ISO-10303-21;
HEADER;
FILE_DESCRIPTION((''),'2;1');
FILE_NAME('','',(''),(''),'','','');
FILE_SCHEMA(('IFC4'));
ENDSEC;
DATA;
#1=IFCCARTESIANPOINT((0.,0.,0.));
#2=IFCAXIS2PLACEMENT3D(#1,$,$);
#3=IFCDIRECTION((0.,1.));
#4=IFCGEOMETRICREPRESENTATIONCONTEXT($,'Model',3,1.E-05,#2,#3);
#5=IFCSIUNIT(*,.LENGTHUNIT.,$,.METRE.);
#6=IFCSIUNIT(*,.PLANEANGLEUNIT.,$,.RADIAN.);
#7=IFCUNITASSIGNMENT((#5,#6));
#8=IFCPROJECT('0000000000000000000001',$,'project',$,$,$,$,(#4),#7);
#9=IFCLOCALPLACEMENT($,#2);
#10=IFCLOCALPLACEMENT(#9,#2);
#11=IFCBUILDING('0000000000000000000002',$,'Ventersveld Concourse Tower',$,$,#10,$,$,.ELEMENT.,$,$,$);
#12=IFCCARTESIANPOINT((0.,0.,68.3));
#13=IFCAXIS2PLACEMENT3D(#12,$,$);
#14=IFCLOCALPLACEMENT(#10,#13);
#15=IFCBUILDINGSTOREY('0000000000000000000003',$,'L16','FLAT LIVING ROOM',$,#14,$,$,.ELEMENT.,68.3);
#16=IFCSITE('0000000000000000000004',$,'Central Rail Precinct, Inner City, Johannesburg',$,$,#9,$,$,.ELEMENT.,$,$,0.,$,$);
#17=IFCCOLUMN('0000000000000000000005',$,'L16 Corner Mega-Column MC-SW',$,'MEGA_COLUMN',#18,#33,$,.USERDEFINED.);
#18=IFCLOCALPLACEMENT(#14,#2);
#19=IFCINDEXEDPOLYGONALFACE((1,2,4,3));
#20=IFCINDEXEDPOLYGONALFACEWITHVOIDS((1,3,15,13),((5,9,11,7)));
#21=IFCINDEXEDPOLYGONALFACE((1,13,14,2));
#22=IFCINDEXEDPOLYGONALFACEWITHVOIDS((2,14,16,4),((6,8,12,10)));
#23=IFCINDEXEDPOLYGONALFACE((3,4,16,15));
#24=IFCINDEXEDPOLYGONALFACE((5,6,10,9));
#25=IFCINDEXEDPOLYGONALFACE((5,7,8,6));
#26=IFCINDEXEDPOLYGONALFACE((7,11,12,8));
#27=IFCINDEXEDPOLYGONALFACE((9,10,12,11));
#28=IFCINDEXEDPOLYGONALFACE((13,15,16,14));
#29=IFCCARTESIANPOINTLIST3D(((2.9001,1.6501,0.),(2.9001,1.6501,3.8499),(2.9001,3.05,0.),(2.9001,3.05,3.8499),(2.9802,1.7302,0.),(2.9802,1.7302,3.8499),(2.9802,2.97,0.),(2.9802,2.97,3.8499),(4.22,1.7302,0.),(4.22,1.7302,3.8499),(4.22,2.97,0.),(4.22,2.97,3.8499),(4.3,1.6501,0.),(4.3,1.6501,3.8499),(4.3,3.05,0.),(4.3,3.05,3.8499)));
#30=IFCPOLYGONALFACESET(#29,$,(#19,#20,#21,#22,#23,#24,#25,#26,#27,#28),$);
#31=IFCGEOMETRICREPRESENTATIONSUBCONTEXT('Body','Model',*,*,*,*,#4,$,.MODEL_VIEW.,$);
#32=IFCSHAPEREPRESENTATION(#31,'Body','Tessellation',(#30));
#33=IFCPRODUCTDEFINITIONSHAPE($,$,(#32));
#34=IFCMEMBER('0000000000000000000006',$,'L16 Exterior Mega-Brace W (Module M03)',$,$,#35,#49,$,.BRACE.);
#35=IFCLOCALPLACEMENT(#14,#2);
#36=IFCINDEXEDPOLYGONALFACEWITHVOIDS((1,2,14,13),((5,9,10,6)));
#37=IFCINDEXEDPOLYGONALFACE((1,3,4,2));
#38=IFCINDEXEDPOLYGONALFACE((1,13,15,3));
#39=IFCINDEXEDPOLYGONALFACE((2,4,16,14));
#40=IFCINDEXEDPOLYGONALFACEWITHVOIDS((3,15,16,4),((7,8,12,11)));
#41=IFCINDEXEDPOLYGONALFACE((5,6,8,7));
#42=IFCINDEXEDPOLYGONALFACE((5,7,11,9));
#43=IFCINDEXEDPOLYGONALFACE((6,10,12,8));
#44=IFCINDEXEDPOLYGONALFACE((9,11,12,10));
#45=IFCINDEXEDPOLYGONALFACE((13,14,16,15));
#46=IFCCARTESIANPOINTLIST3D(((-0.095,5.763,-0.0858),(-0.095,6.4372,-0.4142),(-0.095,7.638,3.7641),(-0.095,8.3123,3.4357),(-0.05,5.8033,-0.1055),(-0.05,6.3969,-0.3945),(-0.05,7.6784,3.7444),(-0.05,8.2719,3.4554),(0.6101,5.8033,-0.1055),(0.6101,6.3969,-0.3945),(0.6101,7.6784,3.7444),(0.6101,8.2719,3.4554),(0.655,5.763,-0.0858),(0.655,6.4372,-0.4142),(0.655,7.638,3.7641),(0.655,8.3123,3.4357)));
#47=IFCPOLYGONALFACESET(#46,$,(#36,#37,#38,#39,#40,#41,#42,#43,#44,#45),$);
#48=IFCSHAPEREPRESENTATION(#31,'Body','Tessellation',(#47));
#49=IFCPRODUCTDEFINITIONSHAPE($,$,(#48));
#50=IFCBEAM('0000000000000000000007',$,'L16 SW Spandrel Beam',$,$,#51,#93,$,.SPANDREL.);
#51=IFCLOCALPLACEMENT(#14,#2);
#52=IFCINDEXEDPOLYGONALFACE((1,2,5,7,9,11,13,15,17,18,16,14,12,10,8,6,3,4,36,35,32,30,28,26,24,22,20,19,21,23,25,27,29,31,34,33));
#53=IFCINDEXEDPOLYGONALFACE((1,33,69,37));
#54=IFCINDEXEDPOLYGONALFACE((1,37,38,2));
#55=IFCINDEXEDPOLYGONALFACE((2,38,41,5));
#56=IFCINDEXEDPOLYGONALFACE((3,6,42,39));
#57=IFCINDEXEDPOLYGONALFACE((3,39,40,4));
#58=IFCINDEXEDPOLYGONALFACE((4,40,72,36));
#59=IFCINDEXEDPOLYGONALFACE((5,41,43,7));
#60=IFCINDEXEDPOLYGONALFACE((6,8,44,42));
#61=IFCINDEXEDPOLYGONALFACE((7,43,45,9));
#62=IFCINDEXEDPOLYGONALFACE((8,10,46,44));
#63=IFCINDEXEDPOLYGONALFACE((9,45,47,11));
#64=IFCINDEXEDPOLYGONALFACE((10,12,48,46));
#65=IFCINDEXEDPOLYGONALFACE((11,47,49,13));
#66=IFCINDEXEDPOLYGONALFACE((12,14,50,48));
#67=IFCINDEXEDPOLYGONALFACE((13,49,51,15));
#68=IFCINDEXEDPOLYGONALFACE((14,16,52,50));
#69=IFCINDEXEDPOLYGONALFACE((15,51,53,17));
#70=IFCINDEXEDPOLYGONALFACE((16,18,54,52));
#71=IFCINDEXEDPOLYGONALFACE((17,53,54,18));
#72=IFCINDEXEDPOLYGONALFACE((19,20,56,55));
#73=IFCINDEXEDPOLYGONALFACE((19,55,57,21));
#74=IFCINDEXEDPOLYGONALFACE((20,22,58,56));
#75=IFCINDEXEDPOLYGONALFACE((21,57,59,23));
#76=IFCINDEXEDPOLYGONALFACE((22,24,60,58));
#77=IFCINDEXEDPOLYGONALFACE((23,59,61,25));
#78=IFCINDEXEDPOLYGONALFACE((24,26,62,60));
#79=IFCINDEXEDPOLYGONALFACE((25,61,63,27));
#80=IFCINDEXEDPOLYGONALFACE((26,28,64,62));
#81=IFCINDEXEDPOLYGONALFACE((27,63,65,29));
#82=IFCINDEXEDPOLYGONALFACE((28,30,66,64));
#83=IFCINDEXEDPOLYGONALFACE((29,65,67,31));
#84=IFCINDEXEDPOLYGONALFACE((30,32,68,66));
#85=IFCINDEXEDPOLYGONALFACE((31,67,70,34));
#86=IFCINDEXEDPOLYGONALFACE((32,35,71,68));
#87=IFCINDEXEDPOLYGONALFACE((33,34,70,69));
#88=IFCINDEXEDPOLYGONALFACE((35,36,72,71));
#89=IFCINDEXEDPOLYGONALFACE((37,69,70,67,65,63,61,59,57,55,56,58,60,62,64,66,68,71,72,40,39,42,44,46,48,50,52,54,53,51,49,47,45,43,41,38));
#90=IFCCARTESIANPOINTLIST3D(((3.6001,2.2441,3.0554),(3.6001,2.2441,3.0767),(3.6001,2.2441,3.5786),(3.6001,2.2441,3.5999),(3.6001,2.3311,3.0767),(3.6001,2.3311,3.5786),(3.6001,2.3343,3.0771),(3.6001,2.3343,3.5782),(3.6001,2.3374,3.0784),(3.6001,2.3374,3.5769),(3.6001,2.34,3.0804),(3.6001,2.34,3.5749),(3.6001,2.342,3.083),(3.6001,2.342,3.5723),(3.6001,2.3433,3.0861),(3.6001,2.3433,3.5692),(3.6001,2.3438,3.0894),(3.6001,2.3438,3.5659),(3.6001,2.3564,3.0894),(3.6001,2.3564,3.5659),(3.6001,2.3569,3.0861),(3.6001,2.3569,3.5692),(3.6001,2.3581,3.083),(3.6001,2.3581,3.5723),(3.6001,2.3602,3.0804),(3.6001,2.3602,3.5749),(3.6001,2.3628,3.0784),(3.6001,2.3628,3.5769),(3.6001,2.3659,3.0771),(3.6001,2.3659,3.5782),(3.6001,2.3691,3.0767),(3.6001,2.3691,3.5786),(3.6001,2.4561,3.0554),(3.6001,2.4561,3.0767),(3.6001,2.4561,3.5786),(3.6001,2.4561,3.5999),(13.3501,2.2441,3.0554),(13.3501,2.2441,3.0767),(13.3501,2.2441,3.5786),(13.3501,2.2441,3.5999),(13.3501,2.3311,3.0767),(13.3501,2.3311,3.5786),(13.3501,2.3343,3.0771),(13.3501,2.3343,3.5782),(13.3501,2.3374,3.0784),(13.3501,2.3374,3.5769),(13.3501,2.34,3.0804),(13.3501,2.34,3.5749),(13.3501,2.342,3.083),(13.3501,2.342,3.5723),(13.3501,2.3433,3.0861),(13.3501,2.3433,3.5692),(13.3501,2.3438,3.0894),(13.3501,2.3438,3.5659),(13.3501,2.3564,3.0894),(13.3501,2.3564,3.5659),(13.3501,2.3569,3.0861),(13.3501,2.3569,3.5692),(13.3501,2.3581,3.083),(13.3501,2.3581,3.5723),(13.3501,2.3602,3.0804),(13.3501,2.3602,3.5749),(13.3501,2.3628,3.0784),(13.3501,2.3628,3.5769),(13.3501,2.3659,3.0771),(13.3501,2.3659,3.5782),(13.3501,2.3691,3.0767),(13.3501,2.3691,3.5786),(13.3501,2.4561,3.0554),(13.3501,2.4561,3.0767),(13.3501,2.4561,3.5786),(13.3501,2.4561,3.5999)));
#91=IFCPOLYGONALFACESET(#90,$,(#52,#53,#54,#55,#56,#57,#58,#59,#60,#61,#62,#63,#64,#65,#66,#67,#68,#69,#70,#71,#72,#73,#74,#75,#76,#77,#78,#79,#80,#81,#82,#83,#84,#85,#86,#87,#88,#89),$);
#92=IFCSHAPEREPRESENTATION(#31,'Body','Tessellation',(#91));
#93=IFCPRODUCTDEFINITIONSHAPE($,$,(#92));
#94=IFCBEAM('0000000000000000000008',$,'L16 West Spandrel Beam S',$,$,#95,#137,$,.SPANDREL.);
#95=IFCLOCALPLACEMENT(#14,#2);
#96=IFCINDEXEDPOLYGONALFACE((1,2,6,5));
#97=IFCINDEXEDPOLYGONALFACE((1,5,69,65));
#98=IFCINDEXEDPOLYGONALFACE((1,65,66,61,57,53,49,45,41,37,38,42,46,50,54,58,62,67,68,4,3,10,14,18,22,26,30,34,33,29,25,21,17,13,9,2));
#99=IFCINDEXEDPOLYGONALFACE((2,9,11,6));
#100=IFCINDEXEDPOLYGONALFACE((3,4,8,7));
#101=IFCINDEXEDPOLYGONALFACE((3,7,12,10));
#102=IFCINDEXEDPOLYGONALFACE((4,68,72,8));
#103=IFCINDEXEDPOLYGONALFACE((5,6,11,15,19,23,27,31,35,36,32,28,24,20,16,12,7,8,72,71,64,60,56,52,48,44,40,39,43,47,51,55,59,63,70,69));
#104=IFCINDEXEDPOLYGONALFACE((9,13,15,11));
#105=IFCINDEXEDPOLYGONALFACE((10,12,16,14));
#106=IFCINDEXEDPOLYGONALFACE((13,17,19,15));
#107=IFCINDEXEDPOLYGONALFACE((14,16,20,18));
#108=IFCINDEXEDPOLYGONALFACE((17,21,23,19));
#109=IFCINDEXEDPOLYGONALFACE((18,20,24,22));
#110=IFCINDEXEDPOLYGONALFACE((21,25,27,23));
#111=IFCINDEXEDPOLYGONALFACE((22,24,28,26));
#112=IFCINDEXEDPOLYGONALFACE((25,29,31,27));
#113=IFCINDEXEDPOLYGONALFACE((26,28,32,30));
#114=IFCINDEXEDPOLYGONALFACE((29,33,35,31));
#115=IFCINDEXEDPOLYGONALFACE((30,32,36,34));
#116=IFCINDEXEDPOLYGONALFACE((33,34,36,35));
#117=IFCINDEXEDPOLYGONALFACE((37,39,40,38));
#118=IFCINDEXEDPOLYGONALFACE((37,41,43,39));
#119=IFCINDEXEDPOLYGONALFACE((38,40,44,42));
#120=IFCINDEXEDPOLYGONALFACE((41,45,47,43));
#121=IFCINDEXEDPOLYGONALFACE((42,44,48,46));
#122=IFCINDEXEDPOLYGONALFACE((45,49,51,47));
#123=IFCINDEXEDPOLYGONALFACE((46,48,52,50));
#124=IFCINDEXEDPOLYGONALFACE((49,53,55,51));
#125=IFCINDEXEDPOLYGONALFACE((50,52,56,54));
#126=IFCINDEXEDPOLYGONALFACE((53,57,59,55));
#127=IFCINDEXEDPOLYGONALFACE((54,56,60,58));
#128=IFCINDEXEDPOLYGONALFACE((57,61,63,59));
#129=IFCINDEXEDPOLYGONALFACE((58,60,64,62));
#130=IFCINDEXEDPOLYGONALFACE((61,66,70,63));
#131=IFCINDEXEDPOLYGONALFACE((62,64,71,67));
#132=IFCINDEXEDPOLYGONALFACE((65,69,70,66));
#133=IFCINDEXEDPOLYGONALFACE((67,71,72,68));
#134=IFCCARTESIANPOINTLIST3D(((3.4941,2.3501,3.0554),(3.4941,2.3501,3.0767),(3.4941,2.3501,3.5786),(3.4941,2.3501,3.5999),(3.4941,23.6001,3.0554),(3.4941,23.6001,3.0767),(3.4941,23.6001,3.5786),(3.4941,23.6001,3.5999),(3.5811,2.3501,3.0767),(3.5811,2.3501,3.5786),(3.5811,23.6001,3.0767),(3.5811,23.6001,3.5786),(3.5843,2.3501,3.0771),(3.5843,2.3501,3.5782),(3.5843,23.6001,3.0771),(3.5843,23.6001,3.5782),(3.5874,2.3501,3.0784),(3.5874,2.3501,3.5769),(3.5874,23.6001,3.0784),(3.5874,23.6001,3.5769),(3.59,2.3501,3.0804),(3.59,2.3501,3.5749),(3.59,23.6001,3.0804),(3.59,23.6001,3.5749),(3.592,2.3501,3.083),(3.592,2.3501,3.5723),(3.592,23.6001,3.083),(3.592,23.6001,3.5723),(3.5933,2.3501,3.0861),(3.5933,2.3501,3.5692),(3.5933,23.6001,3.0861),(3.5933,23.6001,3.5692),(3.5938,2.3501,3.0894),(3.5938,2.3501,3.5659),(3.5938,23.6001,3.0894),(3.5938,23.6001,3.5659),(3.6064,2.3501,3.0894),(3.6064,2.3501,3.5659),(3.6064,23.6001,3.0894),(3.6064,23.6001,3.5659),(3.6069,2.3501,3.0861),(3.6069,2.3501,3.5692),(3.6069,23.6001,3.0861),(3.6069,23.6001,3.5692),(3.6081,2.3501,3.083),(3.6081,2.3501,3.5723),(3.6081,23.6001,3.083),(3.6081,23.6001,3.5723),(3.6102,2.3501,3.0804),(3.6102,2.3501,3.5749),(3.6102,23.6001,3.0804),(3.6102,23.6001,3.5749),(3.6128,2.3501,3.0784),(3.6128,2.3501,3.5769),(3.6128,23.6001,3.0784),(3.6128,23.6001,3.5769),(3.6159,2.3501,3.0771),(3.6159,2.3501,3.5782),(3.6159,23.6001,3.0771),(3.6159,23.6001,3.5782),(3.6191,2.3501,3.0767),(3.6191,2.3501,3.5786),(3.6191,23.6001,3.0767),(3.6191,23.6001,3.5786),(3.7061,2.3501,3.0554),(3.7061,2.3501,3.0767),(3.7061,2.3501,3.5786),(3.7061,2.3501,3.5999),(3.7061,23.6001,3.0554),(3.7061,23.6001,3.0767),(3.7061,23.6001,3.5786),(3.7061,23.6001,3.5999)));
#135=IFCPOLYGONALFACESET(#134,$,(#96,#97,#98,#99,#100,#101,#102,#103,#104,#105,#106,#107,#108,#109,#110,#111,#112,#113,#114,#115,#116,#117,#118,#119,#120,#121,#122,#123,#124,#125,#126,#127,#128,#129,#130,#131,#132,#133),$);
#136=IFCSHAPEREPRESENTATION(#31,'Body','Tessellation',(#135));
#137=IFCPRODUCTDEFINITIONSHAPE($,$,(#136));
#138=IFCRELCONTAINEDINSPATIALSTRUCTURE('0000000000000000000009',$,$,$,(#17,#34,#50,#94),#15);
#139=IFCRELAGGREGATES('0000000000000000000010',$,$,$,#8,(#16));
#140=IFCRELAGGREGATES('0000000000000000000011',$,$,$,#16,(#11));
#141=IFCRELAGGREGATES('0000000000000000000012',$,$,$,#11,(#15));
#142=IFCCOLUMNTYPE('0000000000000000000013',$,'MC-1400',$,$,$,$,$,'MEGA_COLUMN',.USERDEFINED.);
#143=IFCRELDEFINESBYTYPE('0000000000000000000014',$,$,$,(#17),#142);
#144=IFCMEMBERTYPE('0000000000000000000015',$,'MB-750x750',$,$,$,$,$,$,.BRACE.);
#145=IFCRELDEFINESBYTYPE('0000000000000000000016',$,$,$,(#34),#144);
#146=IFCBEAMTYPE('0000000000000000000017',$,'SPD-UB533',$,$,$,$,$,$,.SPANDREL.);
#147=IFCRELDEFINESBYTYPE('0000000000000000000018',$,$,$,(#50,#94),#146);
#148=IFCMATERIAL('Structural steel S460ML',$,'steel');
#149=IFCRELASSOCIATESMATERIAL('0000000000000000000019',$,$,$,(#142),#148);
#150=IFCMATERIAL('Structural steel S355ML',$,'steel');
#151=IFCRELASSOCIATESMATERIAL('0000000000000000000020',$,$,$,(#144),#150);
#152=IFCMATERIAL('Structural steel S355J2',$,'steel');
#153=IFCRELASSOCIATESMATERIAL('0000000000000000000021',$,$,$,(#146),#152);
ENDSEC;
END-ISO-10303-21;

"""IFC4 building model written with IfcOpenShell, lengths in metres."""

from ifc_helpers import new_model, si_unit, direction, frame, origin, origin_2d, place, context, subcontext, project, spatial, hollow_rectangle, i_section, extrude, material, material_profile, profile_set, type_object, element, save


model = new_model("IFC4")

# Units and contexts
model_context = context("Model", 3, precision=1e-05, world=origin(), true_north=direction((0.0, 1.0)))
body_context = subcontext(model_context, "Body", "Model", "MODEL_VIEW")
ifc_project = project(units=[si_unit("LENGTHUNIT", "METRE"), si_unit("PLANEANGLEUNIT", "RADIAN")], contexts=[model_context])

# Site, building, storey
site_placement = place(None, origin())
site = spatial("IfcSite", under=ifc_project, at=site_placement, Name="Central Rail Precinct, Inner City, Johannesburg", CompositionType="ELEMENT", RefElevation=0.0)
building_placement = place(site_placement, origin())
building = spatial("IfcBuilding", under=site, at=building_placement, Name="Ventersveld Concourse Tower", CompositionType="ELEMENT")
storey_placement = place(building_placement, frame((0.0, 0.0, 68.3)))
storey = spatial("IfcBuildingStorey", under=building, at=storey_placement, Name="L16", Description="FLAT LIVING ROOM", CompositionType="ELEMENT", Elevation=68.3)

# Column
ifc_material_1 = material(Name="Structural steel S460ML", Category="steel")
ifc_material_profile_1 = material_profile(ifc_material_1, hollow_rectangle(XDim=1.3999, YDim=1.3999, WallThickness=0.0801, at=origin_2d()), Name="BOX 1400x1400x80")
ifc_profile_set_1 = profile_set([ifc_material_profile_1], Name="Structural steel S460ML")
column_type = type_object("IfcColumnType", Name="MC-1400", ElementType="MEGA_COLUMN", PredefinedType="USERDEFINED", material=ifc_profile_set_1)
column_placement = place(storey_placement, frame((3.6001, 2.3501, 0.0), z_axis=(0.0, 0.0, 1.0), x_axis=(1.0, 0.0, 0.0)))
element("IfcColumn", 1, at=column_placement, inside=storey, type_object=column_type, Name="L16 Corner Mega-Column MC-SW", ObjectType="MEGA_COLUMN", PredefinedType="USERDEFINED", context=body_context, shape_type="SweptSolid", body=[
    extrude(hollow_rectangle(XDim=1.3999, YDim=1.3999, WallThickness=0.0801, at=origin_2d()), origin(), (0.0, 0.0, 1.0), 3.8499),
])

# Member
ifc_material_2 = material(Name="Structural steel S355ML", Category="steel")
ifc_material_profile_2 = material_profile(ifc_material_2, hollow_rectangle(XDim=0.75, YDim=0.75, WallThickness=0.0449, at=origin_2d()), Name="BOX 750x750x45")
ifc_profile_set_2 = profile_set([ifc_material_profile_2], Name="Structural steel S355ML")
member_type = type_object("IfcMemberType", Name="MB-750x750", PredefinedType="BRACE", material=ifc_profile_set_2)
member_placement = place(storey_placement, frame((0.28, 6.1001, -0.25), z_axis=(0.0, 0.437862, 0.899042), x_axis=(-1.0, 0.0, 0.0)))
element("IfcMember", 2, at=member_placement, inside=storey, type_object=member_type, Name="L16 Exterior Mega-Brace W (Module M03)", PredefinedType="BRACE", context=body_context, shape_type="SweptSolid", body=[
    extrude(hollow_rectangle(XDim=0.75, YDim=0.75, WallThickness=0.0449, at=origin_2d()), origin(), (0.0, 0.0, 1.0), 4.2822),
])

# Beams
ifc_material_3 = material(Name="Structural steel S355J2", Category="steel")
ifc_material_profile_3 = material_profile(ifc_material_3, i_section(OverallWidth=0.2119, OverallDepth=0.5444, WebThickness=0.0127, FlangeThickness=0.0212, FilletRadius=0.0127, at=origin_2d()), Name="UB 533x210x122")
ifc_profile_set_3 = profile_set([ifc_material_profile_3], Name="Structural steel S355J2")
beam_type = type_object("IfcBeamType", Name="SPD-UB533", PredefinedType="SPANDREL", material=ifc_profile_set_3)
beam_1_placement = place(storey_placement, frame((3.6001, 2.3501, 3.3276), z_axis=(1.0, 0.0, 0.0), x_axis=(0.0, 1.0, 0.0)))
element("IfcBeam", 3, at=beam_1_placement, inside=storey, type_object=beam_type, Name="L16 SW Spandrel Beam", PredefinedType="SPANDREL", context=body_context, shape_type="SweptSolid", body=[
    extrude(i_section(OverallWidth=0.2119, OverallDepth=0.5444, WebThickness=0.0127, FlangeThickness=0.0212, FilletRadius=0.0127, at=origin_2d()), origin(), (0.0, 0.0, 1.0), 9.75),
])
beam_2_placement = place(storey_placement, frame((3.6001, 2.3501, 3.3276), z_axis=(0.0, 1.0, 0.0), x_axis=(-1.0, 0.0, 0.0)))
element("IfcBeam", 4, at=beam_2_placement, inside=storey, type_object=beam_type, Name="L16 West Spandrel Beam S", PredefinedType="SPANDREL", context=body_context, shape_type="SweptSolid", body=[
    extrude(i_section(OverallWidth=0.2119, OverallDepth=0.5444, WebThickness=0.0127, FlangeThickness=0.0212, FilletRadius=0.0127, at=origin_2d()), origin(), (0.0, 0.0, 1.0), 21.25),
])

save(model, "model.ifc")
